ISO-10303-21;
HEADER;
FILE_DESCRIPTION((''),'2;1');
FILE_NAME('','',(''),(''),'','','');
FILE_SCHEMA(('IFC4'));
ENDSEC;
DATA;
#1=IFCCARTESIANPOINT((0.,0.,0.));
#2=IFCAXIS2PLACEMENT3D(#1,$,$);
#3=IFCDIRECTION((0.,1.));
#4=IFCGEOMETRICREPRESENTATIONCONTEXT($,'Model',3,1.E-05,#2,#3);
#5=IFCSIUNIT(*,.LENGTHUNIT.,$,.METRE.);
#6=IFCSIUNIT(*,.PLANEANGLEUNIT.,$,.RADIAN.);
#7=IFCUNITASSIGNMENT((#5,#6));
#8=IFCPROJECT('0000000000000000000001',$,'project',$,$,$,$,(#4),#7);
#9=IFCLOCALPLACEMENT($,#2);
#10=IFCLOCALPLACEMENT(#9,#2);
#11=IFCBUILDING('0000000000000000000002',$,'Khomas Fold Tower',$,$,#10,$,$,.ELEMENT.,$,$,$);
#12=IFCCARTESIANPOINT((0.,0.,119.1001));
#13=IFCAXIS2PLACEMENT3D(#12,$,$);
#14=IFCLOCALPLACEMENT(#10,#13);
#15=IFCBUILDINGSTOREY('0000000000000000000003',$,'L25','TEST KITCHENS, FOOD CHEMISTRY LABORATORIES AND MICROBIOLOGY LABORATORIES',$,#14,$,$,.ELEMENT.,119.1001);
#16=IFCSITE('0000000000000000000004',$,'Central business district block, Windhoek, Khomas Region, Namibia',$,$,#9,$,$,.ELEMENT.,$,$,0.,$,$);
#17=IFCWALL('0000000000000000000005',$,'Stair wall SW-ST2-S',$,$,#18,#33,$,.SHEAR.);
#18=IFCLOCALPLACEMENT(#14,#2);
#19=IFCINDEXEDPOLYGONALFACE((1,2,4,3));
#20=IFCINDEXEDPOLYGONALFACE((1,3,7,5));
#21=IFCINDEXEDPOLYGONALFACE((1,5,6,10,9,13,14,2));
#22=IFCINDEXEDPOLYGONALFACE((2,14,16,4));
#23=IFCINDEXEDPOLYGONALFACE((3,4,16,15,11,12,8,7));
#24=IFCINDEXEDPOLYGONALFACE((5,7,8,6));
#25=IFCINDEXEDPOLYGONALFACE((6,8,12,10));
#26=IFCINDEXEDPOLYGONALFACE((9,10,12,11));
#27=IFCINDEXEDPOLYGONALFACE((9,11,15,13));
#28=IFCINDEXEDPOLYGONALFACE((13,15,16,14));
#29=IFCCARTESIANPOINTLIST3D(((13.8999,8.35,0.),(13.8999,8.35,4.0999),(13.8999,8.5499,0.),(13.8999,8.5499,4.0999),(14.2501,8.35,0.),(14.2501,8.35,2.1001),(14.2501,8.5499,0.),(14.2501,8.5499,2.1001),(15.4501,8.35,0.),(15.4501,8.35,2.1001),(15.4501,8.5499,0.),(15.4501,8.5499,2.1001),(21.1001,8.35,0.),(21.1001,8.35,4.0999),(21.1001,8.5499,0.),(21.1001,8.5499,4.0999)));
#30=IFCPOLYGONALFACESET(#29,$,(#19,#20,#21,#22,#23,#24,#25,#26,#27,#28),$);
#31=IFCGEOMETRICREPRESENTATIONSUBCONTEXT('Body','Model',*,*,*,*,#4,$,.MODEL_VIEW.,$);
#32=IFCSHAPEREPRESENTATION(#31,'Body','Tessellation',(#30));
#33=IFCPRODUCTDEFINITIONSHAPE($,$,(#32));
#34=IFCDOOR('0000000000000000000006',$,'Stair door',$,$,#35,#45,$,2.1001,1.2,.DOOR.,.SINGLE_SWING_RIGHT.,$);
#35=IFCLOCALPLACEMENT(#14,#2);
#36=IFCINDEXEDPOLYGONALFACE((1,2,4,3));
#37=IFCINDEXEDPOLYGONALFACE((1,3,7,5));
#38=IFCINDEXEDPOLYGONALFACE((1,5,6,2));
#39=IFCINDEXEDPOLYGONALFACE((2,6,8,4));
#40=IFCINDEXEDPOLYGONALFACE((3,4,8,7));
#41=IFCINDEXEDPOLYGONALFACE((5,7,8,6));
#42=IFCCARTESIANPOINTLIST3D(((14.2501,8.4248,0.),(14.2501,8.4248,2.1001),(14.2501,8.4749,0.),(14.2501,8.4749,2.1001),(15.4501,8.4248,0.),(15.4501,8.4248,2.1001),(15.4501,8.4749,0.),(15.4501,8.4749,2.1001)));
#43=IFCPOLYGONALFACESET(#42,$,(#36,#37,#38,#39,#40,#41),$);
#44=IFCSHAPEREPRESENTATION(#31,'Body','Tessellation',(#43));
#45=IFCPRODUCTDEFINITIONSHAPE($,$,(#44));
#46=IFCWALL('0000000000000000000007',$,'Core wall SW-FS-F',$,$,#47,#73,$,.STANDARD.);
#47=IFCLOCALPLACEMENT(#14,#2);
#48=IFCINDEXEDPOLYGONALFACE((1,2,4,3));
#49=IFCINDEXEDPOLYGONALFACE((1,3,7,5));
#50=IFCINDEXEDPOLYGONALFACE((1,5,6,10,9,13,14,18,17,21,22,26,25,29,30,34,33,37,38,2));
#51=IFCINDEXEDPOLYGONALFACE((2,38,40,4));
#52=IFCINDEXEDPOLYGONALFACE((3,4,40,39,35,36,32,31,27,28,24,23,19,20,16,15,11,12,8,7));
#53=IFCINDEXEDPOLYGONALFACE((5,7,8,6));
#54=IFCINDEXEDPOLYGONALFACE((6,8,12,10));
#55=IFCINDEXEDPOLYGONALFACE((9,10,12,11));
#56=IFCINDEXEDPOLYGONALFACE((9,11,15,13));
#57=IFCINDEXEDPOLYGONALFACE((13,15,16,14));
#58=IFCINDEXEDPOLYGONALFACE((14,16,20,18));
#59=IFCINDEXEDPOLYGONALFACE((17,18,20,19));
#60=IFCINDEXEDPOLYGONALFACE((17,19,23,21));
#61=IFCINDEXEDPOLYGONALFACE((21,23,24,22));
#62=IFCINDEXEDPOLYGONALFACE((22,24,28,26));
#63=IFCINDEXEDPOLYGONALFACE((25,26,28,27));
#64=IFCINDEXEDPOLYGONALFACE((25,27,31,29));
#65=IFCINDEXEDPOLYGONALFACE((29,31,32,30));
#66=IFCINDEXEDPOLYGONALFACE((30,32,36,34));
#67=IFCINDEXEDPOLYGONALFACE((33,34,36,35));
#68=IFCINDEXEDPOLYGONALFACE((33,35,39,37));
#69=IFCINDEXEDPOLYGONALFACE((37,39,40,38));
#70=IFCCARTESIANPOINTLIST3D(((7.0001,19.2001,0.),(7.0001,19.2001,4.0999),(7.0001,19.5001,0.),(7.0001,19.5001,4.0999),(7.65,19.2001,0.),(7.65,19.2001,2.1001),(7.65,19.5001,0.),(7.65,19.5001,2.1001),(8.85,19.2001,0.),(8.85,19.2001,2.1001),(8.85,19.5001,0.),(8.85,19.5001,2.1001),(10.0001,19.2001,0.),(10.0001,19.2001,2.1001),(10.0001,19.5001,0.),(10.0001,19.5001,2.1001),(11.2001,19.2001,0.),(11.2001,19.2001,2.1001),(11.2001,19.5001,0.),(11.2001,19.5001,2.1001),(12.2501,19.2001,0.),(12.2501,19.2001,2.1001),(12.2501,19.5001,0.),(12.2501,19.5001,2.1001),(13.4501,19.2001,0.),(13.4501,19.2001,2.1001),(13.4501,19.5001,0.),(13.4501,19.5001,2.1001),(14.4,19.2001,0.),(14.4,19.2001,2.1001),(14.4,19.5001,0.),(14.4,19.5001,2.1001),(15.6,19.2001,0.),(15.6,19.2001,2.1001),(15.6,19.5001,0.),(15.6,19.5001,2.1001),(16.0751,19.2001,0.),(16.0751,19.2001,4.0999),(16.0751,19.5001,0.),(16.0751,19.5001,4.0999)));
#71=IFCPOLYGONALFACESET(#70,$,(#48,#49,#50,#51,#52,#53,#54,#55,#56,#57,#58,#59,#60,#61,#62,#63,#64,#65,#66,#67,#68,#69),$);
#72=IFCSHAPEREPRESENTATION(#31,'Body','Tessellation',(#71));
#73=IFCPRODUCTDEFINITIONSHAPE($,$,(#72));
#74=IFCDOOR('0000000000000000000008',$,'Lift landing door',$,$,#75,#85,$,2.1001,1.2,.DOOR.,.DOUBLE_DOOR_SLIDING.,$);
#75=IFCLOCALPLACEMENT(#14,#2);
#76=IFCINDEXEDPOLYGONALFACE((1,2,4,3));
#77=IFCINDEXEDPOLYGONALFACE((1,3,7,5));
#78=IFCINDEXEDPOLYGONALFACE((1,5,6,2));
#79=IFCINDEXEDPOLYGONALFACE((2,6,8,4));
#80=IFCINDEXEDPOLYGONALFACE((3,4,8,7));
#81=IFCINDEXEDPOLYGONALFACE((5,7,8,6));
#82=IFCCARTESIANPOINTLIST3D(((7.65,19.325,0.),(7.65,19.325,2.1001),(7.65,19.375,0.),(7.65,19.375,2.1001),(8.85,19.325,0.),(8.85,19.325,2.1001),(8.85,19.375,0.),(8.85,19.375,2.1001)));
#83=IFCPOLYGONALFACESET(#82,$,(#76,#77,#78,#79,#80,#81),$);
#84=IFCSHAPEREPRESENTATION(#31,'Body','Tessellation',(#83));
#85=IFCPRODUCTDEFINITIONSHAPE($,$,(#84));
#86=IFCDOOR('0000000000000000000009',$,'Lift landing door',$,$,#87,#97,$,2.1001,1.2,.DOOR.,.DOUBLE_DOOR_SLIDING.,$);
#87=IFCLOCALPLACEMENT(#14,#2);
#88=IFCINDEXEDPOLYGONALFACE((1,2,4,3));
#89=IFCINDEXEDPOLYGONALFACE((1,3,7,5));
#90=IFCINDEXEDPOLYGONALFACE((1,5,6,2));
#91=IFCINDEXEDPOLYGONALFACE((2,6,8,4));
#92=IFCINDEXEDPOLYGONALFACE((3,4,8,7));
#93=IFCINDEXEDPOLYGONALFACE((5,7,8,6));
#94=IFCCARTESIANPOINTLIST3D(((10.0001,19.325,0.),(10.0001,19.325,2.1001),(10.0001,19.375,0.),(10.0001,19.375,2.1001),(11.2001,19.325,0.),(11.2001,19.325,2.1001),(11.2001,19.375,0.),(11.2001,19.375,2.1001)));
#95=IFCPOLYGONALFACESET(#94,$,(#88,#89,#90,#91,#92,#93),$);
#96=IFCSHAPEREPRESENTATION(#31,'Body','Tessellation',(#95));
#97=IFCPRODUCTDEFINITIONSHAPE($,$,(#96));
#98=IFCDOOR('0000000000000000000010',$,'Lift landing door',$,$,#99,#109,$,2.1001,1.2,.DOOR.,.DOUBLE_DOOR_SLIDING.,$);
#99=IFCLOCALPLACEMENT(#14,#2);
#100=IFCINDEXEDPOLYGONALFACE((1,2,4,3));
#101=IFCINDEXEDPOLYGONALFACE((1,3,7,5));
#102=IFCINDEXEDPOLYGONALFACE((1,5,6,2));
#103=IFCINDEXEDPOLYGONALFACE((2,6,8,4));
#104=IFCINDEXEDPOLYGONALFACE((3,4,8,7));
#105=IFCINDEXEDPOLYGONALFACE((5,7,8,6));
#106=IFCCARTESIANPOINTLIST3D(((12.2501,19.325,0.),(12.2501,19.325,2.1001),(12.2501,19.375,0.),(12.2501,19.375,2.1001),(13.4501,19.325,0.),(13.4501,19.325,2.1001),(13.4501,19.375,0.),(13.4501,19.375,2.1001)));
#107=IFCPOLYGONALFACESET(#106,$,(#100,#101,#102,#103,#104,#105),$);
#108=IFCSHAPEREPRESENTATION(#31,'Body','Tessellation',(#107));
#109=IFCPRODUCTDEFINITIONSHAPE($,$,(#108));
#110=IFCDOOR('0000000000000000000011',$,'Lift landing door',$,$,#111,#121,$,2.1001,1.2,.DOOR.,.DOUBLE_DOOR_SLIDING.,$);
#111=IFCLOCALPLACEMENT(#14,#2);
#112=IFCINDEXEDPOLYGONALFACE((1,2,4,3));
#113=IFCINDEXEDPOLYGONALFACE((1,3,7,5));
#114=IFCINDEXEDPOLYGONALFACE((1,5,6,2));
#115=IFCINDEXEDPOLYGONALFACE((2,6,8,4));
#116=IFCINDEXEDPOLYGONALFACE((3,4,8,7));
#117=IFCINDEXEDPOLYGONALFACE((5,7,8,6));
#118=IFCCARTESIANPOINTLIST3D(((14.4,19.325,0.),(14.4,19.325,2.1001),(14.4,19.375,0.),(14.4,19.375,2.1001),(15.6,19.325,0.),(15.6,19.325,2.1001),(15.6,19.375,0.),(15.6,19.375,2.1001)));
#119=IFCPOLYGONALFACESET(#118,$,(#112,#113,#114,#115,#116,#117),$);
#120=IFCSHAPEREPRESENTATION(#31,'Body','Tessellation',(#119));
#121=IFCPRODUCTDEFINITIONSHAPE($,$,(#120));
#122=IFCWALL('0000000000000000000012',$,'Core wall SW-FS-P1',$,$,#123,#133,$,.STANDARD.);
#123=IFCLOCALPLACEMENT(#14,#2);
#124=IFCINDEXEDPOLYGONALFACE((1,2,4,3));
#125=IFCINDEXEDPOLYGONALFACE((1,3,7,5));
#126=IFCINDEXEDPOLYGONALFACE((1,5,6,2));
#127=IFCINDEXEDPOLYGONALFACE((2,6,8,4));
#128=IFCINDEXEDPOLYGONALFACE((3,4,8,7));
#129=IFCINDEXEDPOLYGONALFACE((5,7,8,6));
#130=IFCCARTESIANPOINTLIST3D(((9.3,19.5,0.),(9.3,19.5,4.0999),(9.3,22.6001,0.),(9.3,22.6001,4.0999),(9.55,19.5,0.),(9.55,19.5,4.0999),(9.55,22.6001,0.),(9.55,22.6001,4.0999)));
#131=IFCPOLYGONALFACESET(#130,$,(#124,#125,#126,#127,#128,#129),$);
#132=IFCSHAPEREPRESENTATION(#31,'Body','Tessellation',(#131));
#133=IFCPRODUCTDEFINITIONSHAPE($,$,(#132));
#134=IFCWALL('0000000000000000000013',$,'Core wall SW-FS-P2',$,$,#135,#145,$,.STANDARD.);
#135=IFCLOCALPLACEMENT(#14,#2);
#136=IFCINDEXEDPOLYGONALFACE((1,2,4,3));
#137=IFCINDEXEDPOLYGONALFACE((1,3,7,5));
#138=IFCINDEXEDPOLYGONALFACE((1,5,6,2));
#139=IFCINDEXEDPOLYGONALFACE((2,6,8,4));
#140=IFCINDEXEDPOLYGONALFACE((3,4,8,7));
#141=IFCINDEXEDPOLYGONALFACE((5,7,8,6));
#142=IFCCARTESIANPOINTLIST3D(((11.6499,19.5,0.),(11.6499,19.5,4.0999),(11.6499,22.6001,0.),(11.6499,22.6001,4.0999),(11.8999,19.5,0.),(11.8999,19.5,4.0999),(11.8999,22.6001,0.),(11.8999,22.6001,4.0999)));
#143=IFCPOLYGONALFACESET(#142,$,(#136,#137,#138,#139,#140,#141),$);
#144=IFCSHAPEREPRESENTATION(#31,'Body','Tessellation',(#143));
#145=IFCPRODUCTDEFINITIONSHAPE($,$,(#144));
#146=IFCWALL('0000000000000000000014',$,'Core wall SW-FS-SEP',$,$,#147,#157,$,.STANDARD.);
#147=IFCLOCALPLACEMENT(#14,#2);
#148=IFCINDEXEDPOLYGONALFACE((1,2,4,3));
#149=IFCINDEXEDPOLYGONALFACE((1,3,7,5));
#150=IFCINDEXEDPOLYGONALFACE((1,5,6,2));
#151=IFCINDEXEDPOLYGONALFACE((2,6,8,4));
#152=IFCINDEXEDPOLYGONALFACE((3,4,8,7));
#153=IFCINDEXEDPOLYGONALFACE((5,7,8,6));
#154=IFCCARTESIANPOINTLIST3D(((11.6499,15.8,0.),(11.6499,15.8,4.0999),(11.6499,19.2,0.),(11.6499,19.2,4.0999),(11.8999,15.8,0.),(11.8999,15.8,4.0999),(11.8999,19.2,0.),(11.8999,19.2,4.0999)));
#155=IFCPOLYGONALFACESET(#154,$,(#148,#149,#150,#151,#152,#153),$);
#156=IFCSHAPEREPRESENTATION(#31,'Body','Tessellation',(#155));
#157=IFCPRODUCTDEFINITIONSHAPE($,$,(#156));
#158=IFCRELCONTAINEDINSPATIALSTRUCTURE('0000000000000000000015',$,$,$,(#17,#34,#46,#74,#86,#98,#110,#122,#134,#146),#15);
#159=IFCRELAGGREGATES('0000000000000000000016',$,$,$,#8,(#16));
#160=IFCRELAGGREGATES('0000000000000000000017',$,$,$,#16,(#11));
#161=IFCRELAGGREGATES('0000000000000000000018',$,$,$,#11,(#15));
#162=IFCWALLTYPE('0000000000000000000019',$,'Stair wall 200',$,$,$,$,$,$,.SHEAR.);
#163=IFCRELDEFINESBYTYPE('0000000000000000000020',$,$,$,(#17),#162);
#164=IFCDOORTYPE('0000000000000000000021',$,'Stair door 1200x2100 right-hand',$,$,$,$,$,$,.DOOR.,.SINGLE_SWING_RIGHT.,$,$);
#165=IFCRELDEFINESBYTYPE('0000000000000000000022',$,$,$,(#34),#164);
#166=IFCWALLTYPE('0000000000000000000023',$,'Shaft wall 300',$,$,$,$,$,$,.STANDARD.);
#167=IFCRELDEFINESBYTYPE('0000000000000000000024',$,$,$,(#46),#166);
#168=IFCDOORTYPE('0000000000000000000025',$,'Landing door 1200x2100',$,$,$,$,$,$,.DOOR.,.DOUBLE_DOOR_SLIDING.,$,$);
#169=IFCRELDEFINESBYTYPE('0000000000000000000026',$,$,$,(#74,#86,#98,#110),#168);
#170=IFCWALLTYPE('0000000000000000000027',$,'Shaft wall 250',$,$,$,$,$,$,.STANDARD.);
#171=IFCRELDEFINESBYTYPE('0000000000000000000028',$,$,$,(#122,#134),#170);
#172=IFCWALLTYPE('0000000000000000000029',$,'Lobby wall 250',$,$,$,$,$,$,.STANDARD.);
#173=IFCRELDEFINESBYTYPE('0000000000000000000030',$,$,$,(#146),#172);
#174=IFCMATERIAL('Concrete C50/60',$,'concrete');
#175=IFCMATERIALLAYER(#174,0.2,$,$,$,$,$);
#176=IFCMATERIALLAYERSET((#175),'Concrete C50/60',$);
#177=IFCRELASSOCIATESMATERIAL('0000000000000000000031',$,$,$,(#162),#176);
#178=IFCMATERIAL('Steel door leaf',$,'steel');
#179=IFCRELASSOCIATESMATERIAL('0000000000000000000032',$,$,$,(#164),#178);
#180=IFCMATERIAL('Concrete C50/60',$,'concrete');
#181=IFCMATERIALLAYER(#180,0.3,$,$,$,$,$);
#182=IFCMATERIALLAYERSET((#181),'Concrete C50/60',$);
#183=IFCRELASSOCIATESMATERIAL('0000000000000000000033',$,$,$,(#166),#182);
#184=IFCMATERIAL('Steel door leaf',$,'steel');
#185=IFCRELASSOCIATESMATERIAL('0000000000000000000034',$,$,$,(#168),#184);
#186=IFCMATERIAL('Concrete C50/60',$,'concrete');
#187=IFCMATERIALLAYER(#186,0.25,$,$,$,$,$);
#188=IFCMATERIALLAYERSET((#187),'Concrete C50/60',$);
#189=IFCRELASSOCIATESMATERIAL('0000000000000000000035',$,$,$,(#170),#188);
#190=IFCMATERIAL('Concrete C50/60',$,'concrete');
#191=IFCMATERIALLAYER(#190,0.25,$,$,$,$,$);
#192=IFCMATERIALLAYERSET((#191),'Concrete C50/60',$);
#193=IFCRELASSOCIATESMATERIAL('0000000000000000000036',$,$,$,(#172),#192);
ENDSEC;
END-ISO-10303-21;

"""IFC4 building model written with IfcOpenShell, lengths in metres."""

from ifc_helpers import new_model, si_unit, direction, frame, frame_2d, origin, place, context, subcontext, project, spatial, rectangle, extrude, source, transform, mapped, material, layer, layer_set, type_object, element, fill, save


model = new_model("IFC4")

# Units and contexts
model_context = context("Model", 3, precision=1e-05, world=origin(), true_north=direction((0.0, 1.0)))
body_context = subcontext(model_context, "Body", "Model", "MODEL_VIEW")
ifc_project = project(units=[si_unit("LENGTHUNIT", "METRE"), si_unit("PLANEANGLEUNIT", "RADIAN")], contexts=[model_context])

# Site, building, storey
site_placement = place(None, origin())
site = spatial("IfcSite", under=ifc_project, at=site_placement, Name="Central business district block, Windhoek, Khomas Region, Namibia", CompositionType="ELEMENT", RefElevation=0.0)
building_placement = place(site_placement, origin())
building = spatial("IfcBuilding", under=site, at=building_placement, Name="Khomas Fold Tower", CompositionType="ELEMENT")
storey_placement = place(building_placement, frame((0.0, 0.0, 119.1001)))
storey = spatial("IfcBuildingStorey", under=building, at=storey_placement, Name="L25", Description="TEST KITCHENS, FOOD CHEMISTRY LABORATORIES AND MICROBIOLOGY LABORATORIES", CompositionType="ELEMENT", Elevation=119.1001)

# Shared definitions
ifc_material_1 = material(Name="Concrete C50/60", Category="concrete")
ifc_layer_1 = layer(ifc_material_1, 0.2)
ifc_layer_set_1 = layer_set([ifc_layer_1], Name="Concrete C50/60")
wall_type_1 = type_object("IfcWallType", Name="Stair wall 200", PredefinedType="SHEAR", material=ifc_layer_set_1)

# Wall, opening, door
shared_shape_1 = source(origin(), body_context, "Body", "SweptSolid", [
    extrude(rectangle(XDim=7.2002, YDim=0.2, at=frame_2d((3.6001, 0.0))), origin(), (0.0, 0.0, 1.0), 4.0999),
])
wall_1_placement = place(storey_placement, frame((13.8999, 8.45, 0.0), z_axis=(0.0, 0.0, 1.0), x_axis=(1.0, 0.0, 0.0)))
wall_1 = element("IfcWall", 1, at=wall_1_placement, inside=storey, type_object=wall_type_1, Name="Stair wall SW-ST2-S", PredefinedType="SHEAR", context=body_context, shape_type="MappedRepresentation", body=[
    mapped(shared_shape_1, transform((0.0, 0.0, 0.0))),
])
shared_shape_2 = source(origin(), body_context, "Body", "SweptSolid", [
    extrude(rectangle(XDim=1.2, YDim=2.1001, at=frame_2d((0.6001, 1.05))), frame((0.0, 0.1099, 0.0), z_axis=(0.0, -1.0, 0.0), x_axis=(1.0, 0.0, 0.0)), (0.0, 0.0, 1.0), 0.22),
])
opening_1_placement = place(wall_1_placement, frame((0.3501, 0.0, 0.0)))
opening_1 = element("IfcOpeningElement", 2, at=opening_1_placement, cuts=wall_1, PredefinedType="OPENING", context=body_context, shape_type="MappedRepresentation", body=[
    mapped(shared_shape_2, transform((0.0, 0.0, 0.0))),
])
ifc_material_2 = material(Name="Steel door leaf", Category="steel")
door_type_1 = type_object("IfcDoorType", Name="Stair door 1200x2100 right-hand", OperationType="SINGLE_SWING_RIGHT", PredefinedType="DOOR", material=ifc_material_2)
shared_shape_3 = source(origin(), body_context, "Body", "SweptSolid", [
    extrude(rectangle(XDim=1.2, YDim=2.1001, at=frame_2d((0.6001, 1.05))), frame((0.0, 0.0249, 0.0), z_axis=(0.0, -1.0, 0.0), x_axis=(1.0, 0.0, 0.0)), (0.0, 0.0, 1.0), 0.05),
])
door_1_placement = place(opening_1_placement, origin())
door_1 = element("IfcDoor", 3, at=door_1_placement, inside=storey, type_object=door_type_1, Name="Stair door", OperationType="SINGLE_SWING_RIGHT", OverallHeight=2.1001, OverallWidth=1.2, PredefinedType="DOOR", context=body_context, shape_type="MappedRepresentation", body=[
    mapped(shared_shape_3, transform((0.0, 0.0, 0.0))),
])
fill(opening_1, door_1)

# Wall, openings, doors
ifc_material_3 = material(Name="Concrete C50/60", Category="concrete")
ifc_layer_2 = layer(ifc_material_3, 0.3)
ifc_layer_set_2 = layer_set([ifc_layer_2], Name="Concrete C50/60")
wall_type_2 = type_object("IfcWallType", Name="Shaft wall 300", PredefinedType="STANDARD", material=ifc_layer_set_2)
shared_shape_4 = source(origin(), body_context, "Body", "SweptSolid", [
    extrude(rectangle(XDim=9.075, YDim=0.3, at=frame_2d((4.5376, 0.0))), origin(), (0.0, 0.0, 1.0), 4.0999),
])
wall_2_placement = place(storey_placement, frame((7.0, 19.3501, 0.0), z_axis=(0.0, 0.0, 1.0), x_axis=(1.0, 0.0, 0.0)))
wall_2 = element("IfcWall", 4, at=wall_2_placement, inside=storey, type_object=wall_type_2, Name="Core wall SW-FS-F", PredefinedType="STANDARD", context=body_context, shape_type="MappedRepresentation", body=[
    mapped(shared_shape_4, transform((0.0, 0.0, 0.0))),
])
shared_shape_5 = source(origin(), body_context, "Body", "SweptSolid", [
    extrude(rectangle(XDim=1.2, YDim=2.1001, at=frame_2d((0.6001, 1.05))), frame((0.0, 0.1599, 0.0), z_axis=(0.0, -1.0, 0.0), x_axis=(1.0, 0.0, 0.0)), (0.0, 0.0, 1.0), 0.3201),
])
opening_2_placement = place(wall_2_placement, frame((0.6499, 0.0, 0.0)))
opening_2 = element("IfcOpeningElement", 5, at=opening_2_placement, cuts=wall_2, PredefinedType="OPENING", context=body_context, shape_type="MappedRepresentation", body=[
    mapped(shared_shape_5, transform((0.0, 0.0, 0.0))),
])
opening_3_placement = place(wall_2_placement, frame((3.0, 0.0, 0.0)))
opening_3 = element("IfcOpeningElement", 6, at=opening_3_placement, cuts=wall_2, PredefinedType="OPENING", context=body_context, shape_type="MappedRepresentation", body=[
    mapped(shared_shape_5, transform((0.0, 0.0, 0.0))),
])
opening_4_placement = place(wall_2_placement, frame((5.25, 0.0, 0.0)))
opening_4 = element("IfcOpeningElement", 7, at=opening_4_placement, cuts=wall_2, PredefinedType="OPENING", context=body_context, shape_type="MappedRepresentation", body=[
    mapped(shared_shape_5, transform((0.0, 0.0, 0.0))),
])
opening_5_placement = place(wall_2_placement, frame((7.3999, 0.0, 0.0)))
opening_5 = element("IfcOpeningElement", 8, at=opening_5_placement, cuts=wall_2, PredefinedType="OPENING", context=body_context, shape_type="MappedRepresentation", body=[
    mapped(shared_shape_5, transform((0.0, 0.0, 0.0))),
])
ifc_material_4 = material(Name="Steel door leaf", Category="steel")
door_type_2 = type_object("IfcDoorType", Name="Landing door 1200x2100", OperationType="DOUBLE_DOOR_SLIDING", PredefinedType="DOOR", material=ifc_material_4)
door_2_placement = place(opening_2_placement, origin())
door_2 = element("IfcDoor", 9, at=door_2_placement, inside=storey, type_object=door_type_2, Name="Lift landing door", OperationType="DOUBLE_DOOR_SLIDING", OverallHeight=2.1001, OverallWidth=1.2, PredefinedType="DOOR", context=body_context, shape_type="MappedRepresentation", body=[
    mapped(shared_shape_3, transform((0.0, 0.0, 0.0))),
])
fill(opening_2, door_2)
door_3_placement = place(opening_3_placement, origin())
door_3 = element("IfcDoor", 10, at=door_3_placement, inside=storey, type_object=door_type_2, Name="Lift landing door", OperationType="DOUBLE_DOOR_SLIDING", OverallHeight=2.1001, OverallWidth=1.2, PredefinedType="DOOR", context=body_context, shape_type="MappedRepresentation", body=[
    mapped(shared_shape_3, transform((0.0, 0.0, 0.0))),
])
fill(opening_3, door_3)
door_4_placement = place(opening_4_placement, origin())
door_4 = element("IfcDoor", 11, at=door_4_placement, inside=storey, type_object=door_type_2, Name="Lift landing door", OperationType="DOUBLE_DOOR_SLIDING", OverallHeight=2.1001, OverallWidth=1.2, PredefinedType="DOOR", context=body_context, shape_type="MappedRepresentation", body=[
    mapped(shared_shape_3, transform((0.0, 0.0, 0.0))),
])
fill(opening_4, door_4)
door_5_placement = place(opening_5_placement, origin())
door_5 = element("IfcDoor", 12, at=door_5_placement, inside=storey, type_object=door_type_2, Name="Lift landing door", OperationType="DOUBLE_DOOR_SLIDING", OverallHeight=2.1001, OverallWidth=1.2, PredefinedType="DOOR", context=body_context, shape_type="MappedRepresentation", body=[
    mapped(shared_shape_3, transform((0.0, 0.0, 0.0))),
])
fill(opening_5, door_5)

# Walls
ifc_material_5 = material(Name="Concrete C50/60", Category="concrete")
ifc_layer_3 = layer(ifc_material_5, 0.25)
ifc_layer_set_3 = layer_set([ifc_layer_3], Name="Concrete C50/60")
wall_type_3 = type_object("IfcWallType", Name="Shaft wall 250", PredefinedType="STANDARD", material=ifc_layer_set_3)
shared_shape_6 = source(origin(), body_context, "Body", "SweptSolid", [
    extrude(rectangle(XDim=3.1001, YDim=0.25, at=frame_2d((1.55, 0.0))), origin(), (0.0, 0.0, 1.0), 4.0999),
])
for number, where, z_axis, x_axis, name in (
    (13, (9.425, 19.5, 0.0), (0.0, 0.0, 1.0), (0.0, 1.0, 0.0), "Core wall SW-FS-P1"),
    (14, (11.7749, 19.5, 0.0), (0.0, 0.0, 1.0), (0.0, 1.0, 0.0), "Core wall SW-FS-P2"),
):
    element("IfcWall", number, at=place(storey_placement, frame(where, z_axis=z_axis, x_axis=x_axis)), inside=storey, type_object=wall_type_3, Name=name, PredefinedType="STANDARD", context=body_context, shape_type="MappedRepresentation", body=[
        mapped(shared_shape_6, transform((0.0, 0.0, 0.0))),
    ])
ifc_material_6 = material(Name="Concrete C50/60", Category="concrete")
ifc_layer_4 = layer(ifc_material_6, 0.25)
ifc_layer_set_4 = layer_set([ifc_layer_4], Name="Concrete C50/60")
wall_type_4 = type_object("IfcWallType", Name="Lobby wall 250", PredefinedType="STANDARD", material=ifc_layer_set_4)
shared_shape_7 = source(origin(), body_context, "Body", "SweptSolid", [
    extrude(rectangle(XDim=3.3999, YDim=0.25, at=frame_2d((1.7, 0.0))), origin(), (0.0, 0.0, 1.0), 4.0999),
])
wall_3_placement = place(storey_placement, frame((11.7749, 15.8, 0.0), z_axis=(0.0, 0.0, 1.0), x_axis=(0.0, 1.0, 0.0)))
element("IfcWall", 15, at=wall_3_placement, inside=storey, type_object=wall_type_4, Name="Core wall SW-FS-SEP", PredefinedType="STANDARD", context=body_context, shape_type="MappedRepresentation", body=[
    mapped(shared_shape_7, transform((0.0, 0.0, 0.0))),
])

save(model, "model.ifc")
